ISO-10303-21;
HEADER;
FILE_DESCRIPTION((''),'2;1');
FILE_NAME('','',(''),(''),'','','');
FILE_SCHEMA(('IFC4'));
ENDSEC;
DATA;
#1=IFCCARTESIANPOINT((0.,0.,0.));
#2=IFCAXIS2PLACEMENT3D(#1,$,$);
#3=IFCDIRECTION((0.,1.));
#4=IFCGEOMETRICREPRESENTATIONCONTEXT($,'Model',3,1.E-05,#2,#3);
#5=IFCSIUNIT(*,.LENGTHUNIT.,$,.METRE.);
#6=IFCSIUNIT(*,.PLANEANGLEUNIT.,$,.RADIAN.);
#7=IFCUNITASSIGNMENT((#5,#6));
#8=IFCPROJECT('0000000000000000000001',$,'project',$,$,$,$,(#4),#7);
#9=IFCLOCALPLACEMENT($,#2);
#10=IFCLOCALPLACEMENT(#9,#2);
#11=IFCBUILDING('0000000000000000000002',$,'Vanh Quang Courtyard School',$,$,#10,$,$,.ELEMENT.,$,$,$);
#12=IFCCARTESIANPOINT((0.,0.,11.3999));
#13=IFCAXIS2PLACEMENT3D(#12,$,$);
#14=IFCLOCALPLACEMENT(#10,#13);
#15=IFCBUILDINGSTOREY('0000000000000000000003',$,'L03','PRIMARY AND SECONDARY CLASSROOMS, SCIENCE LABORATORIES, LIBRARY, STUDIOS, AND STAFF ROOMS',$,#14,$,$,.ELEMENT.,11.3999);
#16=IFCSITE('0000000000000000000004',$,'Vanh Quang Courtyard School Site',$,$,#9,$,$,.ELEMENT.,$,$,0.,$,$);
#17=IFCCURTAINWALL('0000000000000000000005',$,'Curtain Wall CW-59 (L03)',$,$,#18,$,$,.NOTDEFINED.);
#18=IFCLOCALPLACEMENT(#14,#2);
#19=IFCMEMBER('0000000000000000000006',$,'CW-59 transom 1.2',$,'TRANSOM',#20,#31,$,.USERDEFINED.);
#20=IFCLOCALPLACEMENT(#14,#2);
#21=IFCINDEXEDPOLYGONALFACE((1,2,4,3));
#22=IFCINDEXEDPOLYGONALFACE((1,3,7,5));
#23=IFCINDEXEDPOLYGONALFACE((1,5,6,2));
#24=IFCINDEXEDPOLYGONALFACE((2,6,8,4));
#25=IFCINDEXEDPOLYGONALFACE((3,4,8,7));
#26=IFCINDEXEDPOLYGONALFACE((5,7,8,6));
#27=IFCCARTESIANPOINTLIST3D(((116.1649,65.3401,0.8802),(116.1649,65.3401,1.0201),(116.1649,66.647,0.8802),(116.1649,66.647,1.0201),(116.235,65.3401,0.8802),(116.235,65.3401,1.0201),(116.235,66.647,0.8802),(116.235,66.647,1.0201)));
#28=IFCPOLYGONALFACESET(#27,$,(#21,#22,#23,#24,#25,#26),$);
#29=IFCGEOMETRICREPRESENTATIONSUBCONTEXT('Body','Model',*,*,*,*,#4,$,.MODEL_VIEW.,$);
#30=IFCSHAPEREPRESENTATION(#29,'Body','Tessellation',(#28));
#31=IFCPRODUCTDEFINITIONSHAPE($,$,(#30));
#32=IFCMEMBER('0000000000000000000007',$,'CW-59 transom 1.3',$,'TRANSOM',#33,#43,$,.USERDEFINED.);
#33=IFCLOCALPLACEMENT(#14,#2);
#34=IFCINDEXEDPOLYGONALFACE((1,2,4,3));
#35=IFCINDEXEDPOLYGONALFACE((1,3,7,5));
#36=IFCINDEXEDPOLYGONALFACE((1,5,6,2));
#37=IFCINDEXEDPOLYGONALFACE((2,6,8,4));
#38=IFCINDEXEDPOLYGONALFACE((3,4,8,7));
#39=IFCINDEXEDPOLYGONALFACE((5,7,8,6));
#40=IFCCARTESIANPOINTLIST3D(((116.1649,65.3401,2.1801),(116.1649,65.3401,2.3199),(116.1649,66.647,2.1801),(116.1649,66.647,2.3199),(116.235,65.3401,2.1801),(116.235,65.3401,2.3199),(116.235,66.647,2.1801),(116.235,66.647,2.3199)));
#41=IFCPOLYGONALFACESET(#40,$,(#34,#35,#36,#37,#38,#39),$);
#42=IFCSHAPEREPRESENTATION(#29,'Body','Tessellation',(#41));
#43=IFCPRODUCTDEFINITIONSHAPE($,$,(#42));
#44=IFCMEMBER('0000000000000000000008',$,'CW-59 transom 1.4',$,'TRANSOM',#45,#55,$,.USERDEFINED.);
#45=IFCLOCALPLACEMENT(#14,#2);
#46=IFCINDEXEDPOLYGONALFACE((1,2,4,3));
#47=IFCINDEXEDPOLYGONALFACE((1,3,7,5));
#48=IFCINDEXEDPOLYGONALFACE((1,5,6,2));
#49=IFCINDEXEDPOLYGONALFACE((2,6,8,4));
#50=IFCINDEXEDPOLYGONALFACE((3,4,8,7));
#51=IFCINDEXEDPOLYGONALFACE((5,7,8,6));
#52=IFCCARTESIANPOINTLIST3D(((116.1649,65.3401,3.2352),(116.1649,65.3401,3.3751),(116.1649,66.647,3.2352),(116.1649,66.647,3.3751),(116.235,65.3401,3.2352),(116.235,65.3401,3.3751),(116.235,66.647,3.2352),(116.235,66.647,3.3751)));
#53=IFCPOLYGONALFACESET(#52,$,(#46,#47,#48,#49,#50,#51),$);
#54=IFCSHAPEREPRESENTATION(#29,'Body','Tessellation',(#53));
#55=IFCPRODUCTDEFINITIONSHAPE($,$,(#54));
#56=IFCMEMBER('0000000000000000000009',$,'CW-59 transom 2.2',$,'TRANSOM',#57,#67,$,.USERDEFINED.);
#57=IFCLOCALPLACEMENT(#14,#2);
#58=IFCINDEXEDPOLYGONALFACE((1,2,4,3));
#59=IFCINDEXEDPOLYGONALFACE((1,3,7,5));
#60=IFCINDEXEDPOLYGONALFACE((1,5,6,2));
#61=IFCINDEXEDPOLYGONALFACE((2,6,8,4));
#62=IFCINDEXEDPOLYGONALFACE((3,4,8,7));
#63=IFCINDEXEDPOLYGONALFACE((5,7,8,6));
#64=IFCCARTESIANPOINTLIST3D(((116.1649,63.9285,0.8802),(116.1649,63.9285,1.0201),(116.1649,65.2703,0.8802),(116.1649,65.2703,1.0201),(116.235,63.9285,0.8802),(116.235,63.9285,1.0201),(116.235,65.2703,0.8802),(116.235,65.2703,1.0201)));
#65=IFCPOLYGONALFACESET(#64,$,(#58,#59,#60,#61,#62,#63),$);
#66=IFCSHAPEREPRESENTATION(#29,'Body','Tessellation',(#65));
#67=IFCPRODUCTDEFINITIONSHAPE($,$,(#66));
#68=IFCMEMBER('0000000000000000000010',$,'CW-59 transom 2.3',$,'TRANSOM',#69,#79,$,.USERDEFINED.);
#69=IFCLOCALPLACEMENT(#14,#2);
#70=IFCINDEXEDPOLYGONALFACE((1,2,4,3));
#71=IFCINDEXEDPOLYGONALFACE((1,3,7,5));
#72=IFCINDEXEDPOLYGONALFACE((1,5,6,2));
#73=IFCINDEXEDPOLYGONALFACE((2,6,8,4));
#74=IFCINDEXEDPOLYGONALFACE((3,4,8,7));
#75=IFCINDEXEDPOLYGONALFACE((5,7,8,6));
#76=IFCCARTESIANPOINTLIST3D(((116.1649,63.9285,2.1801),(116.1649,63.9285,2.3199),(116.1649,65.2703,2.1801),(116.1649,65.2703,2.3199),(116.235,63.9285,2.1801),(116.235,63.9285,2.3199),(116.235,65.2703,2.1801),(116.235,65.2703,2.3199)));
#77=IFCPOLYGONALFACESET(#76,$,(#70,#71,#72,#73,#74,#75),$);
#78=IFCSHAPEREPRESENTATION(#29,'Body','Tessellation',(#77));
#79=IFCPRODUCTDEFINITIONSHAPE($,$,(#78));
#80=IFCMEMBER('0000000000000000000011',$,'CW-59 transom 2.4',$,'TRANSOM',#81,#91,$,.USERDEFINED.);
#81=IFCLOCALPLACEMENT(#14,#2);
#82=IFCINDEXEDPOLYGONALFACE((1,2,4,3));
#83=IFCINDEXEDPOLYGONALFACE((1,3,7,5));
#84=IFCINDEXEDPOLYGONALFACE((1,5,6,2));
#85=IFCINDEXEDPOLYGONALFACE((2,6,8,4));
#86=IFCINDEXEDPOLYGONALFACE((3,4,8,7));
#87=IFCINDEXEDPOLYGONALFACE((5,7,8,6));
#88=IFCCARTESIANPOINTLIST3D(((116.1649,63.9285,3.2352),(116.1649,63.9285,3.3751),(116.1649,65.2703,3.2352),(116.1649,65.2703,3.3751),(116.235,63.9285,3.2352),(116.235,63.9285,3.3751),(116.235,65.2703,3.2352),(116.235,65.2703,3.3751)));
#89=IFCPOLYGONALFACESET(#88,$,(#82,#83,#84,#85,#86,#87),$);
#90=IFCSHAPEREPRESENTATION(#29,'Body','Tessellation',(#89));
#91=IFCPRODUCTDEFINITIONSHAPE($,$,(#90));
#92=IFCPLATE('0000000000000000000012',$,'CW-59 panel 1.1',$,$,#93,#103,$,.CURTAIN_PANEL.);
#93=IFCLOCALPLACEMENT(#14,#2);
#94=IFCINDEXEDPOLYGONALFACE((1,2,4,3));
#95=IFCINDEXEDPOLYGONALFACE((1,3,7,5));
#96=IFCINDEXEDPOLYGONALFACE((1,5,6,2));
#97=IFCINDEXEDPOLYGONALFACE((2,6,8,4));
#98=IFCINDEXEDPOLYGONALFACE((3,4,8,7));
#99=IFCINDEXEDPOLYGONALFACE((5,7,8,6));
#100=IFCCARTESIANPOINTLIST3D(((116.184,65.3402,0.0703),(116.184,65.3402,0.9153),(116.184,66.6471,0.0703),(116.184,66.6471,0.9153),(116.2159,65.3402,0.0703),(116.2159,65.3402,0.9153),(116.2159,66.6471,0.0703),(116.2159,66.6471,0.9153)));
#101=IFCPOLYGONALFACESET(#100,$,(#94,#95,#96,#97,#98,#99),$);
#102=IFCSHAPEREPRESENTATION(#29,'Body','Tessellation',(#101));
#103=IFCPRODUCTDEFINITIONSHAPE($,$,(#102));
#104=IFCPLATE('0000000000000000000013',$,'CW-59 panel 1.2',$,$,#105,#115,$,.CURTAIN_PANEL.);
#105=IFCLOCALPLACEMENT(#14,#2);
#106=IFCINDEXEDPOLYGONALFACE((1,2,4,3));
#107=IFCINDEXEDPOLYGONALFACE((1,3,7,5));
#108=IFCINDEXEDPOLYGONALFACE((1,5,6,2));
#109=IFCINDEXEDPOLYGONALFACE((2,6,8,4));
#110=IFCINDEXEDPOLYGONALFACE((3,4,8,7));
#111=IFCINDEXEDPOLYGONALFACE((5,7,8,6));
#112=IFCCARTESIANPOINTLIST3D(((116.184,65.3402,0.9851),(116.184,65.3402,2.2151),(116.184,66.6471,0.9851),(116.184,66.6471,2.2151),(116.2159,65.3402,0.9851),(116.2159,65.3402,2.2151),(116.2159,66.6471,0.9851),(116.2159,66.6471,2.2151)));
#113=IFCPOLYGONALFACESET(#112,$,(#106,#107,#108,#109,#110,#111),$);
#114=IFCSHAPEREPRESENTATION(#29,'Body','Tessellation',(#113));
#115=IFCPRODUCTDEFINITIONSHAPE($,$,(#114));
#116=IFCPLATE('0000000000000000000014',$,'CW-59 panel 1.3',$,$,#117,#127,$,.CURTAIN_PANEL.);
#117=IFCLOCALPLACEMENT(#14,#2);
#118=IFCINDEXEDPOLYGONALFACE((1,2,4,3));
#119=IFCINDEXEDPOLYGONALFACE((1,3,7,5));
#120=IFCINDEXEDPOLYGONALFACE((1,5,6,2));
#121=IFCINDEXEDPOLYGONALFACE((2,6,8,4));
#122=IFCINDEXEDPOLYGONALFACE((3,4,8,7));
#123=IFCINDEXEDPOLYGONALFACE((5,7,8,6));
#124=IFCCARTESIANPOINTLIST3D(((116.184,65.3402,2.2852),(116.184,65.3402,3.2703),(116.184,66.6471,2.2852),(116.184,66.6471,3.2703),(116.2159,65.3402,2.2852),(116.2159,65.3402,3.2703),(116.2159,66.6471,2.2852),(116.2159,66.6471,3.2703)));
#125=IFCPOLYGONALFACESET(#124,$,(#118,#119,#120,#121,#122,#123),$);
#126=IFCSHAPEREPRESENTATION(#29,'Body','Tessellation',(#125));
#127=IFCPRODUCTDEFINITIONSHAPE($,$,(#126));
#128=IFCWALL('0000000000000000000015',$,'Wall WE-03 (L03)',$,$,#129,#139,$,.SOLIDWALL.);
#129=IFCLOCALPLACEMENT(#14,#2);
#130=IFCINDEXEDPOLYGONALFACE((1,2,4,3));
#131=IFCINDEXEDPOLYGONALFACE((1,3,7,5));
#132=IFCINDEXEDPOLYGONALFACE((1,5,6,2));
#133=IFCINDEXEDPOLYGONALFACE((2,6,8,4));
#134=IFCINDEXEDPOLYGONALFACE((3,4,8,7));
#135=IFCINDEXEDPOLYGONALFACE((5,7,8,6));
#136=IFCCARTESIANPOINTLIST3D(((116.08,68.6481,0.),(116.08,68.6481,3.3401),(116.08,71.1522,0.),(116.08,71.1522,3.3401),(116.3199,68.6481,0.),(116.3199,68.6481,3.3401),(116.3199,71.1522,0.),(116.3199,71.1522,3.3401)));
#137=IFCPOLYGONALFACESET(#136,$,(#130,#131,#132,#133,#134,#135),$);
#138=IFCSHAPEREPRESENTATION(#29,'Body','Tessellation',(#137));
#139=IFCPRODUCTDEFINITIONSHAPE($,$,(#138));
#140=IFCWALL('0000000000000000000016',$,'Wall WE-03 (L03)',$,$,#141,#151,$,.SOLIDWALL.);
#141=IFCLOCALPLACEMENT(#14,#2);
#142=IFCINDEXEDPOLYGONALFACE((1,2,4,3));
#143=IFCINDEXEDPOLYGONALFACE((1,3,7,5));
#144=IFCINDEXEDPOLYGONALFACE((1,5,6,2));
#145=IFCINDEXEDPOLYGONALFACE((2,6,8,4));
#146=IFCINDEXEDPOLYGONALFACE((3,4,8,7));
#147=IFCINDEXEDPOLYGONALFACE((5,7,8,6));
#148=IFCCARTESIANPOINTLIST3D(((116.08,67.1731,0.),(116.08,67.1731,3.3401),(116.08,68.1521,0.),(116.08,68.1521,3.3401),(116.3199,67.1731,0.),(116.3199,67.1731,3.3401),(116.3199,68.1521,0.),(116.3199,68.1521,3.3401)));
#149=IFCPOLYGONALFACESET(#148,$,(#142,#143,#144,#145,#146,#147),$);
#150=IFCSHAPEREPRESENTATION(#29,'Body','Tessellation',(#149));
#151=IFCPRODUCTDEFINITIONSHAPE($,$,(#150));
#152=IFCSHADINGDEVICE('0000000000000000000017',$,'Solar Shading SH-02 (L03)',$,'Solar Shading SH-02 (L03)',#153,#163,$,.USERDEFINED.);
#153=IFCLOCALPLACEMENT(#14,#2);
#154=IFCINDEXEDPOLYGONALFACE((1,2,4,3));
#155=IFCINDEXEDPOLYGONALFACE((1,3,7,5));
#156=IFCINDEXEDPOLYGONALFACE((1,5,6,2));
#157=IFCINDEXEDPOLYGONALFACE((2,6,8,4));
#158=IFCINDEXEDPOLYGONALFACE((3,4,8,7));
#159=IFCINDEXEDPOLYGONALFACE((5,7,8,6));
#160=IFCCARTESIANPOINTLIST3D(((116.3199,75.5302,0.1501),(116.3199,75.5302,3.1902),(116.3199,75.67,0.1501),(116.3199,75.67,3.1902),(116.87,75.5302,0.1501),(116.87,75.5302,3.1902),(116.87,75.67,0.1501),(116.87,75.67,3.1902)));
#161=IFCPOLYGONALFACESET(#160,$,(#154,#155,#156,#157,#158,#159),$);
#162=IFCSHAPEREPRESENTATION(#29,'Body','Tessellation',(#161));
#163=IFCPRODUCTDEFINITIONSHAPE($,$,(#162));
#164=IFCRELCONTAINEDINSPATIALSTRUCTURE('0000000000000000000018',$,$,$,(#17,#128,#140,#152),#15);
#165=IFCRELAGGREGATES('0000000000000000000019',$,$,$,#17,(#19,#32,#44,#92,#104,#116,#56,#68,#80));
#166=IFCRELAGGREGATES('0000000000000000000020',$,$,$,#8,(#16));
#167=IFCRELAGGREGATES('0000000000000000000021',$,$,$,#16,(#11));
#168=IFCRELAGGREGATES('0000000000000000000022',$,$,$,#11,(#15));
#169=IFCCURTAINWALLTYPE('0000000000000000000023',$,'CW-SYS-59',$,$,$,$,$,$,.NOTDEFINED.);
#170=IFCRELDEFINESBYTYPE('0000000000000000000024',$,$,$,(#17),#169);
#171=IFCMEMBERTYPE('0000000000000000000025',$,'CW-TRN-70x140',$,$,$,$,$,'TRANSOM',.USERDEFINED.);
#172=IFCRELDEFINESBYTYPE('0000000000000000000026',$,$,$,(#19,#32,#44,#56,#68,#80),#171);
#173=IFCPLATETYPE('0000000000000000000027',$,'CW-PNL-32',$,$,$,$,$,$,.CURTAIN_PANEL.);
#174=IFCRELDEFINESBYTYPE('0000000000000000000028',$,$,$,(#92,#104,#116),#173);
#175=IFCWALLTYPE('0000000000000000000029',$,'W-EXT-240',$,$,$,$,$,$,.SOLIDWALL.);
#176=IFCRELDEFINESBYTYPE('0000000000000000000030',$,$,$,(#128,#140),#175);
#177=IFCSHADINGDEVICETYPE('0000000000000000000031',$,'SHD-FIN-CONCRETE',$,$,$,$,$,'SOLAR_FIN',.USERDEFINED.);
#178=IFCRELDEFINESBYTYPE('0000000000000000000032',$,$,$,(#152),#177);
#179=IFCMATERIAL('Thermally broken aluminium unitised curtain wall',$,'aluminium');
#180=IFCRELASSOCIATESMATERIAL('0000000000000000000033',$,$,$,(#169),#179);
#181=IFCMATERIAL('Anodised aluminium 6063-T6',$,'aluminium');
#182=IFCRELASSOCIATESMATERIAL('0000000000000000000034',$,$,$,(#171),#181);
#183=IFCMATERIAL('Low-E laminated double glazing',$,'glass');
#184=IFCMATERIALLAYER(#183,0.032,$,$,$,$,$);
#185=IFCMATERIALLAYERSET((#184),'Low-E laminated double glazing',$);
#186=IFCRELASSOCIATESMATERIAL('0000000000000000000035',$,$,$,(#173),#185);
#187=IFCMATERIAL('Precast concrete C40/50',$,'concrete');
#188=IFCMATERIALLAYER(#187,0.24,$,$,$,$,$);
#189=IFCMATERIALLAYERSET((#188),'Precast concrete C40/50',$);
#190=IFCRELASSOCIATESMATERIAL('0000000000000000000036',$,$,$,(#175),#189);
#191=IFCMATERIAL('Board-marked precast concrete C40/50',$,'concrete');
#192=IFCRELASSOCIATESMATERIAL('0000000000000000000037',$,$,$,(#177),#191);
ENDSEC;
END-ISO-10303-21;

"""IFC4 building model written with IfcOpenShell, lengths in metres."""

from ifc_helpers import new_model, si_unit, direction, frame, frame_2d, origin, origin_2d, place, context, subcontext, project, spatial, rectangle, extrude, material, layer, layer_set, material_profile, profile_set, type_object, element, aggregate, save


model = new_model("IFC4")

# Units and contexts
model_context = context("Model", 3, precision=1e-05, world=origin(), true_north=direction((0.0, 1.0)))
body_context = subcontext(model_context, "Body", "Model", "MODEL_VIEW")
ifc_project = project(units=[si_unit("LENGTHUNIT", "METRE"), si_unit("PLANEANGLEUNIT", "RADIAN")], contexts=[model_context])

# Site, building, storey
site_placement = place(None, origin())
site = spatial("IfcSite", under=ifc_project, at=site_placement, Name="Vanh Quang Courtyard School Site", CompositionType="ELEMENT", RefElevation=0.0)
building_placement = place(site_placement, origin())
building = spatial("IfcBuilding", under=site, at=building_placement, Name="Vanh Quang Courtyard School", CompositionType="ELEMENT")
storey_placement = place(building_placement, frame((0.0, 0.0, 11.3999)))
storey = spatial("IfcBuildingStorey", under=building, at=storey_placement, Name="L03", Description="PRIMARY AND SECONDARY CLASSROOMS, SCIENCE LABORATORIES, LIBRARY, STUDIOS, AND STAFF ROOMS", CompositionType="ELEMENT", Elevation=11.3999)

# Curtain wall, members, plates
ifc_material_1 = material(Name="Thermally broken aluminium unitised curtain wall", Category="aluminium")
curtain_wall_type = type_object("IfcCurtainWallType", Name="CW-SYS-59", PredefinedType="NOTDEFINED", material=ifc_material_1)
curtain_wall_placement = place(storey_placement, origin())
curtain_wall = element("IfcCurtainWall", 1, at=curtain_wall_placement, inside=storey, type_object=curtain_wall_type, Name="Curtain Wall CW-59 (L03)", PredefinedType="NOTDEFINED")
ifc_material_2 = material(Name="Anodised aluminium 6063-T6", Category="aluminium")
ifc_material_profile_1 = material_profile(ifc_material_2, rectangle(XDim=0.0701, YDim=0.1399, at=origin_2d()), Name="ALU-TRN 70x140")
ifc_profile_set_1 = profile_set([ifc_material_profile_1], Name="Anodised aluminium 6063-T6")
member_type_1 = type_object("IfcMemberType", Name="CW-TRN-70x140", ElementType="TRANSOM", PredefinedType="USERDEFINED", material=ifc_profile_set_1)
member_1_placement = place(storey_placement, frame((116.2, 66.647, 0.9502), z_axis=(0.0, -1.0, 0.0), x_axis=(1.0, 0.0, 0.0)))
member_1 = element("IfcMember", 2, at=member_1_placement, type_object=member_type_1, Name="CW-59 transom 1.2", ObjectType="TRANSOM", PredefinedType="USERDEFINED", context=body_context, shape_type="SweptSolid", body=[
    extrude(rectangle(XDim=0.0701, YDim=0.1399, at=origin_2d()), origin(), (0.0, 0.0, 1.0), 1.3069),
])
member_2_placement = place(storey_placement, frame((116.2, 66.647, 2.25), z_axis=(0.0, -1.0, 0.0), x_axis=(1.0, 0.0, 0.0)))
member_2 = element("IfcMember", 3, at=member_2_placement, type_object=member_type_1, Name="CW-59 transom 1.3", ObjectType="TRANSOM", PredefinedType="USERDEFINED", context=body_context, shape_type="SweptSolid", body=[
    extrude(rectangle(XDim=0.0701, YDim=0.1399, at=origin_2d()), origin(), (0.0, 0.0, 1.0), 1.3069),
])
member_3_placement = place(storey_placement, frame((116.2, 66.647, 3.3052), z_axis=(0.0, -1.0, 0.0), x_axis=(1.0, 0.0, 0.0)))
member_3 = element("IfcMember", 4, at=member_3_placement, type_object=member_type_1, Name="CW-59 transom 1.4", ObjectType="TRANSOM", PredefinedType="USERDEFINED", context=body_context, shape_type="SweptSolid", body=[
    extrude(rectangle(XDim=0.0701, YDim=0.1399, at=origin_2d()), origin(), (0.0, 0.0, 1.0), 1.3069),
])
member_4_placement = place(storey_placement, frame((116.2, 65.2703, 0.9502), z_axis=(0.0, -1.0, 0.0), x_axis=(1.0, 0.0, 0.0)))
member_4 = element("IfcMember", 5, at=member_4_placement, type_object=member_type_1, Name="CW-59 transom 2.2", ObjectType="TRANSOM", PredefinedType="USERDEFINED", context=body_context, shape_type="SweptSolid", body=[
    extrude(rectangle(XDim=0.0701, YDim=0.1399, at=origin_2d()), origin(), (0.0, 0.0, 1.0), 1.3418),
])
member_5_placement = place(storey_placement, frame((116.2, 65.2703, 2.25), z_axis=(0.0, -1.0, 0.0), x_axis=(1.0, 0.0, 0.0)))
member_5 = element("IfcMember", 6, at=member_5_placement, type_object=member_type_1, Name="CW-59 transom 2.3", ObjectType="TRANSOM", PredefinedType="USERDEFINED", context=body_context, shape_type="SweptSolid", body=[
    extrude(rectangle(XDim=0.0701, YDim=0.1399, at=origin_2d()), origin(), (0.0, 0.0, 1.0), 1.3418),
])
member_6_placement = place(storey_placement, frame((116.2, 65.2703, 3.3052), z_axis=(0.0, -1.0, 0.0), x_axis=(1.0, 0.0, 0.0)))
member_6 = element("IfcMember", 7, at=member_6_placement, type_object=member_type_1, Name="CW-59 transom 2.4", ObjectType="TRANSOM", PredefinedType="USERDEFINED", context=body_context, shape_type="SweptSolid", body=[
    extrude(rectangle(XDim=0.0701, YDim=0.1399, at=origin_2d()), origin(), (0.0, 0.0, 1.0), 1.3418),
])
ifc_material_3 = material(Name="Low-E laminated double glazing", Category="glass")
ifc_layer_1 = layer(ifc_material_3, 0.032)
ifc_layer_set_1 = layer_set([ifc_layer_1], Name="Low-E laminated double glazing")
plate_type = type_object("IfcPlateType", Name="CW-PNL-32", PredefinedType="CURTAIN_PANEL", material=ifc_layer_set_1)
plate_1_placement = place(storey_placement, frame((116.2, 65.9937, 0.0703), z_axis=(0.0, 0.0, 1.0), x_axis=(0.0, -1.0, 0.0)))
plate_1 = element("IfcPlate", 8, at=plate_1_placement, type_object=plate_type, Name="CW-59 panel 1.1", PredefinedType="CURTAIN_PANEL", context=body_context, shape_type="SweptSolid", body=[
    extrude(rectangle(XDim=1.3069, YDim=0.032, at=origin_2d()), origin(), (0.0, 0.0, 1.0), 0.845),
])
plate_2_placement = place(storey_placement, frame((116.2, 65.9937, 0.9851), z_axis=(0.0, 0.0, 1.0), x_axis=(0.0, -1.0, 0.0)))
plate_2 = element("IfcPlate", 9, at=plate_2_placement, type_object=plate_type, Name="CW-59 panel 1.2", PredefinedType="CURTAIN_PANEL", context=body_context, shape_type="SweptSolid", body=[
    extrude(rectangle(XDim=1.3069, YDim=0.032, at=origin_2d()), origin(), (0.0, 0.0, 1.0), 1.23),
])
plate_3_placement = place(storey_placement, frame((116.2, 65.9937, 2.2852), z_axis=(0.0, 0.0, 1.0), x_axis=(0.0, -1.0, 0.0)))
plate_3 = element("IfcPlate", 10, at=plate_3_placement, type_object=plate_type, Name="CW-59 panel 1.3", PredefinedType="CURTAIN_PANEL", context=body_context, shape_type="SweptSolid", body=[
    extrude(rectangle(XDim=1.3069, YDim=0.032, at=origin_2d()), origin(), (0.0, 0.0, 1.0), 0.9851),
])
aggregate(curtain_wall, [member_1, member_2, member_3, plate_1, plate_2, plate_3, member_4, member_5, member_6])

# Walls
ifc_material_4 = material(Name="Precast concrete C40/50", Category="concrete")
ifc_layer_2 = layer(ifc_material_4, 0.24)
ifc_layer_set_2 = layer_set([ifc_layer_2], Name="Precast concrete C40/50")
wall_type = type_object("IfcWallType", Name="W-EXT-240", PredefinedType="SOLIDWALL", material=ifc_layer_set_2)
wall_1_placement = place(storey_placement, frame((116.2, 71.1521, 0.0), z_axis=(0.0, 0.0, 1.0), x_axis=(0.0, -1.0, 0.0)))
element("IfcWall", 11, at=wall_1_placement, inside=storey, type_object=wall_type, Name="Wall WE-03 (L03)", PredefinedType="SOLIDWALL", context=body_context, shape_type="SweptSolid", body=[
    extrude(rectangle(XDim=2.5042, YDim=0.24, at=frame_2d((1.252, 0.0))), origin(), (0.0, 0.0, 1.0), 3.3401),
])
wall_2_placement = place(storey_placement, frame((116.2, 68.1521, 0.0), z_axis=(0.0, 0.0, 1.0), x_axis=(0.0, -1.0, 0.0)))
element("IfcWall", 12, at=wall_2_placement, inside=storey, type_object=wall_type, Name="Wall WE-03 (L03)", PredefinedType="SOLIDWALL", context=body_context, shape_type="SweptSolid", body=[
    extrude(rectangle(XDim=0.979, YDim=0.24, at=frame_2d((0.4895, 0.0))), origin(), (0.0, 0.0, 1.0), 3.3401),
])

# Shading device
ifc_material_5 = material(Name="Board-marked precast concrete C40/50", Category="concrete")
shading_device_type = type_object("IfcShadingDeviceType", Name="SHD-FIN-CONCRETE", ElementType="SOLAR_FIN", PredefinedType="USERDEFINED", material=ifc_material_5)
shading_device_placement = place(storey_placement, frame((116.595, 75.6001, 0.1501), z_axis=(0.0, 0.0, 1.0), x_axis=(0.0, -1.0, 0.0)))
element("IfcShadingDevice", 13, at=shading_device_placement, inside=storey, type_object=shading_device_type, Name="Solar Shading SH-02 (L03)", ObjectType="Solar Shading SH-02 (L03)", PredefinedType="USERDEFINED", context=body_context, shape_type="SweptSolid", body=[
    extrude(rectangle(XDim=0.1399, YDim=0.55, at=origin_2d()), origin(), (0.0, 0.0, 1.0), 3.04),
])

save(model, "model.ifc")
